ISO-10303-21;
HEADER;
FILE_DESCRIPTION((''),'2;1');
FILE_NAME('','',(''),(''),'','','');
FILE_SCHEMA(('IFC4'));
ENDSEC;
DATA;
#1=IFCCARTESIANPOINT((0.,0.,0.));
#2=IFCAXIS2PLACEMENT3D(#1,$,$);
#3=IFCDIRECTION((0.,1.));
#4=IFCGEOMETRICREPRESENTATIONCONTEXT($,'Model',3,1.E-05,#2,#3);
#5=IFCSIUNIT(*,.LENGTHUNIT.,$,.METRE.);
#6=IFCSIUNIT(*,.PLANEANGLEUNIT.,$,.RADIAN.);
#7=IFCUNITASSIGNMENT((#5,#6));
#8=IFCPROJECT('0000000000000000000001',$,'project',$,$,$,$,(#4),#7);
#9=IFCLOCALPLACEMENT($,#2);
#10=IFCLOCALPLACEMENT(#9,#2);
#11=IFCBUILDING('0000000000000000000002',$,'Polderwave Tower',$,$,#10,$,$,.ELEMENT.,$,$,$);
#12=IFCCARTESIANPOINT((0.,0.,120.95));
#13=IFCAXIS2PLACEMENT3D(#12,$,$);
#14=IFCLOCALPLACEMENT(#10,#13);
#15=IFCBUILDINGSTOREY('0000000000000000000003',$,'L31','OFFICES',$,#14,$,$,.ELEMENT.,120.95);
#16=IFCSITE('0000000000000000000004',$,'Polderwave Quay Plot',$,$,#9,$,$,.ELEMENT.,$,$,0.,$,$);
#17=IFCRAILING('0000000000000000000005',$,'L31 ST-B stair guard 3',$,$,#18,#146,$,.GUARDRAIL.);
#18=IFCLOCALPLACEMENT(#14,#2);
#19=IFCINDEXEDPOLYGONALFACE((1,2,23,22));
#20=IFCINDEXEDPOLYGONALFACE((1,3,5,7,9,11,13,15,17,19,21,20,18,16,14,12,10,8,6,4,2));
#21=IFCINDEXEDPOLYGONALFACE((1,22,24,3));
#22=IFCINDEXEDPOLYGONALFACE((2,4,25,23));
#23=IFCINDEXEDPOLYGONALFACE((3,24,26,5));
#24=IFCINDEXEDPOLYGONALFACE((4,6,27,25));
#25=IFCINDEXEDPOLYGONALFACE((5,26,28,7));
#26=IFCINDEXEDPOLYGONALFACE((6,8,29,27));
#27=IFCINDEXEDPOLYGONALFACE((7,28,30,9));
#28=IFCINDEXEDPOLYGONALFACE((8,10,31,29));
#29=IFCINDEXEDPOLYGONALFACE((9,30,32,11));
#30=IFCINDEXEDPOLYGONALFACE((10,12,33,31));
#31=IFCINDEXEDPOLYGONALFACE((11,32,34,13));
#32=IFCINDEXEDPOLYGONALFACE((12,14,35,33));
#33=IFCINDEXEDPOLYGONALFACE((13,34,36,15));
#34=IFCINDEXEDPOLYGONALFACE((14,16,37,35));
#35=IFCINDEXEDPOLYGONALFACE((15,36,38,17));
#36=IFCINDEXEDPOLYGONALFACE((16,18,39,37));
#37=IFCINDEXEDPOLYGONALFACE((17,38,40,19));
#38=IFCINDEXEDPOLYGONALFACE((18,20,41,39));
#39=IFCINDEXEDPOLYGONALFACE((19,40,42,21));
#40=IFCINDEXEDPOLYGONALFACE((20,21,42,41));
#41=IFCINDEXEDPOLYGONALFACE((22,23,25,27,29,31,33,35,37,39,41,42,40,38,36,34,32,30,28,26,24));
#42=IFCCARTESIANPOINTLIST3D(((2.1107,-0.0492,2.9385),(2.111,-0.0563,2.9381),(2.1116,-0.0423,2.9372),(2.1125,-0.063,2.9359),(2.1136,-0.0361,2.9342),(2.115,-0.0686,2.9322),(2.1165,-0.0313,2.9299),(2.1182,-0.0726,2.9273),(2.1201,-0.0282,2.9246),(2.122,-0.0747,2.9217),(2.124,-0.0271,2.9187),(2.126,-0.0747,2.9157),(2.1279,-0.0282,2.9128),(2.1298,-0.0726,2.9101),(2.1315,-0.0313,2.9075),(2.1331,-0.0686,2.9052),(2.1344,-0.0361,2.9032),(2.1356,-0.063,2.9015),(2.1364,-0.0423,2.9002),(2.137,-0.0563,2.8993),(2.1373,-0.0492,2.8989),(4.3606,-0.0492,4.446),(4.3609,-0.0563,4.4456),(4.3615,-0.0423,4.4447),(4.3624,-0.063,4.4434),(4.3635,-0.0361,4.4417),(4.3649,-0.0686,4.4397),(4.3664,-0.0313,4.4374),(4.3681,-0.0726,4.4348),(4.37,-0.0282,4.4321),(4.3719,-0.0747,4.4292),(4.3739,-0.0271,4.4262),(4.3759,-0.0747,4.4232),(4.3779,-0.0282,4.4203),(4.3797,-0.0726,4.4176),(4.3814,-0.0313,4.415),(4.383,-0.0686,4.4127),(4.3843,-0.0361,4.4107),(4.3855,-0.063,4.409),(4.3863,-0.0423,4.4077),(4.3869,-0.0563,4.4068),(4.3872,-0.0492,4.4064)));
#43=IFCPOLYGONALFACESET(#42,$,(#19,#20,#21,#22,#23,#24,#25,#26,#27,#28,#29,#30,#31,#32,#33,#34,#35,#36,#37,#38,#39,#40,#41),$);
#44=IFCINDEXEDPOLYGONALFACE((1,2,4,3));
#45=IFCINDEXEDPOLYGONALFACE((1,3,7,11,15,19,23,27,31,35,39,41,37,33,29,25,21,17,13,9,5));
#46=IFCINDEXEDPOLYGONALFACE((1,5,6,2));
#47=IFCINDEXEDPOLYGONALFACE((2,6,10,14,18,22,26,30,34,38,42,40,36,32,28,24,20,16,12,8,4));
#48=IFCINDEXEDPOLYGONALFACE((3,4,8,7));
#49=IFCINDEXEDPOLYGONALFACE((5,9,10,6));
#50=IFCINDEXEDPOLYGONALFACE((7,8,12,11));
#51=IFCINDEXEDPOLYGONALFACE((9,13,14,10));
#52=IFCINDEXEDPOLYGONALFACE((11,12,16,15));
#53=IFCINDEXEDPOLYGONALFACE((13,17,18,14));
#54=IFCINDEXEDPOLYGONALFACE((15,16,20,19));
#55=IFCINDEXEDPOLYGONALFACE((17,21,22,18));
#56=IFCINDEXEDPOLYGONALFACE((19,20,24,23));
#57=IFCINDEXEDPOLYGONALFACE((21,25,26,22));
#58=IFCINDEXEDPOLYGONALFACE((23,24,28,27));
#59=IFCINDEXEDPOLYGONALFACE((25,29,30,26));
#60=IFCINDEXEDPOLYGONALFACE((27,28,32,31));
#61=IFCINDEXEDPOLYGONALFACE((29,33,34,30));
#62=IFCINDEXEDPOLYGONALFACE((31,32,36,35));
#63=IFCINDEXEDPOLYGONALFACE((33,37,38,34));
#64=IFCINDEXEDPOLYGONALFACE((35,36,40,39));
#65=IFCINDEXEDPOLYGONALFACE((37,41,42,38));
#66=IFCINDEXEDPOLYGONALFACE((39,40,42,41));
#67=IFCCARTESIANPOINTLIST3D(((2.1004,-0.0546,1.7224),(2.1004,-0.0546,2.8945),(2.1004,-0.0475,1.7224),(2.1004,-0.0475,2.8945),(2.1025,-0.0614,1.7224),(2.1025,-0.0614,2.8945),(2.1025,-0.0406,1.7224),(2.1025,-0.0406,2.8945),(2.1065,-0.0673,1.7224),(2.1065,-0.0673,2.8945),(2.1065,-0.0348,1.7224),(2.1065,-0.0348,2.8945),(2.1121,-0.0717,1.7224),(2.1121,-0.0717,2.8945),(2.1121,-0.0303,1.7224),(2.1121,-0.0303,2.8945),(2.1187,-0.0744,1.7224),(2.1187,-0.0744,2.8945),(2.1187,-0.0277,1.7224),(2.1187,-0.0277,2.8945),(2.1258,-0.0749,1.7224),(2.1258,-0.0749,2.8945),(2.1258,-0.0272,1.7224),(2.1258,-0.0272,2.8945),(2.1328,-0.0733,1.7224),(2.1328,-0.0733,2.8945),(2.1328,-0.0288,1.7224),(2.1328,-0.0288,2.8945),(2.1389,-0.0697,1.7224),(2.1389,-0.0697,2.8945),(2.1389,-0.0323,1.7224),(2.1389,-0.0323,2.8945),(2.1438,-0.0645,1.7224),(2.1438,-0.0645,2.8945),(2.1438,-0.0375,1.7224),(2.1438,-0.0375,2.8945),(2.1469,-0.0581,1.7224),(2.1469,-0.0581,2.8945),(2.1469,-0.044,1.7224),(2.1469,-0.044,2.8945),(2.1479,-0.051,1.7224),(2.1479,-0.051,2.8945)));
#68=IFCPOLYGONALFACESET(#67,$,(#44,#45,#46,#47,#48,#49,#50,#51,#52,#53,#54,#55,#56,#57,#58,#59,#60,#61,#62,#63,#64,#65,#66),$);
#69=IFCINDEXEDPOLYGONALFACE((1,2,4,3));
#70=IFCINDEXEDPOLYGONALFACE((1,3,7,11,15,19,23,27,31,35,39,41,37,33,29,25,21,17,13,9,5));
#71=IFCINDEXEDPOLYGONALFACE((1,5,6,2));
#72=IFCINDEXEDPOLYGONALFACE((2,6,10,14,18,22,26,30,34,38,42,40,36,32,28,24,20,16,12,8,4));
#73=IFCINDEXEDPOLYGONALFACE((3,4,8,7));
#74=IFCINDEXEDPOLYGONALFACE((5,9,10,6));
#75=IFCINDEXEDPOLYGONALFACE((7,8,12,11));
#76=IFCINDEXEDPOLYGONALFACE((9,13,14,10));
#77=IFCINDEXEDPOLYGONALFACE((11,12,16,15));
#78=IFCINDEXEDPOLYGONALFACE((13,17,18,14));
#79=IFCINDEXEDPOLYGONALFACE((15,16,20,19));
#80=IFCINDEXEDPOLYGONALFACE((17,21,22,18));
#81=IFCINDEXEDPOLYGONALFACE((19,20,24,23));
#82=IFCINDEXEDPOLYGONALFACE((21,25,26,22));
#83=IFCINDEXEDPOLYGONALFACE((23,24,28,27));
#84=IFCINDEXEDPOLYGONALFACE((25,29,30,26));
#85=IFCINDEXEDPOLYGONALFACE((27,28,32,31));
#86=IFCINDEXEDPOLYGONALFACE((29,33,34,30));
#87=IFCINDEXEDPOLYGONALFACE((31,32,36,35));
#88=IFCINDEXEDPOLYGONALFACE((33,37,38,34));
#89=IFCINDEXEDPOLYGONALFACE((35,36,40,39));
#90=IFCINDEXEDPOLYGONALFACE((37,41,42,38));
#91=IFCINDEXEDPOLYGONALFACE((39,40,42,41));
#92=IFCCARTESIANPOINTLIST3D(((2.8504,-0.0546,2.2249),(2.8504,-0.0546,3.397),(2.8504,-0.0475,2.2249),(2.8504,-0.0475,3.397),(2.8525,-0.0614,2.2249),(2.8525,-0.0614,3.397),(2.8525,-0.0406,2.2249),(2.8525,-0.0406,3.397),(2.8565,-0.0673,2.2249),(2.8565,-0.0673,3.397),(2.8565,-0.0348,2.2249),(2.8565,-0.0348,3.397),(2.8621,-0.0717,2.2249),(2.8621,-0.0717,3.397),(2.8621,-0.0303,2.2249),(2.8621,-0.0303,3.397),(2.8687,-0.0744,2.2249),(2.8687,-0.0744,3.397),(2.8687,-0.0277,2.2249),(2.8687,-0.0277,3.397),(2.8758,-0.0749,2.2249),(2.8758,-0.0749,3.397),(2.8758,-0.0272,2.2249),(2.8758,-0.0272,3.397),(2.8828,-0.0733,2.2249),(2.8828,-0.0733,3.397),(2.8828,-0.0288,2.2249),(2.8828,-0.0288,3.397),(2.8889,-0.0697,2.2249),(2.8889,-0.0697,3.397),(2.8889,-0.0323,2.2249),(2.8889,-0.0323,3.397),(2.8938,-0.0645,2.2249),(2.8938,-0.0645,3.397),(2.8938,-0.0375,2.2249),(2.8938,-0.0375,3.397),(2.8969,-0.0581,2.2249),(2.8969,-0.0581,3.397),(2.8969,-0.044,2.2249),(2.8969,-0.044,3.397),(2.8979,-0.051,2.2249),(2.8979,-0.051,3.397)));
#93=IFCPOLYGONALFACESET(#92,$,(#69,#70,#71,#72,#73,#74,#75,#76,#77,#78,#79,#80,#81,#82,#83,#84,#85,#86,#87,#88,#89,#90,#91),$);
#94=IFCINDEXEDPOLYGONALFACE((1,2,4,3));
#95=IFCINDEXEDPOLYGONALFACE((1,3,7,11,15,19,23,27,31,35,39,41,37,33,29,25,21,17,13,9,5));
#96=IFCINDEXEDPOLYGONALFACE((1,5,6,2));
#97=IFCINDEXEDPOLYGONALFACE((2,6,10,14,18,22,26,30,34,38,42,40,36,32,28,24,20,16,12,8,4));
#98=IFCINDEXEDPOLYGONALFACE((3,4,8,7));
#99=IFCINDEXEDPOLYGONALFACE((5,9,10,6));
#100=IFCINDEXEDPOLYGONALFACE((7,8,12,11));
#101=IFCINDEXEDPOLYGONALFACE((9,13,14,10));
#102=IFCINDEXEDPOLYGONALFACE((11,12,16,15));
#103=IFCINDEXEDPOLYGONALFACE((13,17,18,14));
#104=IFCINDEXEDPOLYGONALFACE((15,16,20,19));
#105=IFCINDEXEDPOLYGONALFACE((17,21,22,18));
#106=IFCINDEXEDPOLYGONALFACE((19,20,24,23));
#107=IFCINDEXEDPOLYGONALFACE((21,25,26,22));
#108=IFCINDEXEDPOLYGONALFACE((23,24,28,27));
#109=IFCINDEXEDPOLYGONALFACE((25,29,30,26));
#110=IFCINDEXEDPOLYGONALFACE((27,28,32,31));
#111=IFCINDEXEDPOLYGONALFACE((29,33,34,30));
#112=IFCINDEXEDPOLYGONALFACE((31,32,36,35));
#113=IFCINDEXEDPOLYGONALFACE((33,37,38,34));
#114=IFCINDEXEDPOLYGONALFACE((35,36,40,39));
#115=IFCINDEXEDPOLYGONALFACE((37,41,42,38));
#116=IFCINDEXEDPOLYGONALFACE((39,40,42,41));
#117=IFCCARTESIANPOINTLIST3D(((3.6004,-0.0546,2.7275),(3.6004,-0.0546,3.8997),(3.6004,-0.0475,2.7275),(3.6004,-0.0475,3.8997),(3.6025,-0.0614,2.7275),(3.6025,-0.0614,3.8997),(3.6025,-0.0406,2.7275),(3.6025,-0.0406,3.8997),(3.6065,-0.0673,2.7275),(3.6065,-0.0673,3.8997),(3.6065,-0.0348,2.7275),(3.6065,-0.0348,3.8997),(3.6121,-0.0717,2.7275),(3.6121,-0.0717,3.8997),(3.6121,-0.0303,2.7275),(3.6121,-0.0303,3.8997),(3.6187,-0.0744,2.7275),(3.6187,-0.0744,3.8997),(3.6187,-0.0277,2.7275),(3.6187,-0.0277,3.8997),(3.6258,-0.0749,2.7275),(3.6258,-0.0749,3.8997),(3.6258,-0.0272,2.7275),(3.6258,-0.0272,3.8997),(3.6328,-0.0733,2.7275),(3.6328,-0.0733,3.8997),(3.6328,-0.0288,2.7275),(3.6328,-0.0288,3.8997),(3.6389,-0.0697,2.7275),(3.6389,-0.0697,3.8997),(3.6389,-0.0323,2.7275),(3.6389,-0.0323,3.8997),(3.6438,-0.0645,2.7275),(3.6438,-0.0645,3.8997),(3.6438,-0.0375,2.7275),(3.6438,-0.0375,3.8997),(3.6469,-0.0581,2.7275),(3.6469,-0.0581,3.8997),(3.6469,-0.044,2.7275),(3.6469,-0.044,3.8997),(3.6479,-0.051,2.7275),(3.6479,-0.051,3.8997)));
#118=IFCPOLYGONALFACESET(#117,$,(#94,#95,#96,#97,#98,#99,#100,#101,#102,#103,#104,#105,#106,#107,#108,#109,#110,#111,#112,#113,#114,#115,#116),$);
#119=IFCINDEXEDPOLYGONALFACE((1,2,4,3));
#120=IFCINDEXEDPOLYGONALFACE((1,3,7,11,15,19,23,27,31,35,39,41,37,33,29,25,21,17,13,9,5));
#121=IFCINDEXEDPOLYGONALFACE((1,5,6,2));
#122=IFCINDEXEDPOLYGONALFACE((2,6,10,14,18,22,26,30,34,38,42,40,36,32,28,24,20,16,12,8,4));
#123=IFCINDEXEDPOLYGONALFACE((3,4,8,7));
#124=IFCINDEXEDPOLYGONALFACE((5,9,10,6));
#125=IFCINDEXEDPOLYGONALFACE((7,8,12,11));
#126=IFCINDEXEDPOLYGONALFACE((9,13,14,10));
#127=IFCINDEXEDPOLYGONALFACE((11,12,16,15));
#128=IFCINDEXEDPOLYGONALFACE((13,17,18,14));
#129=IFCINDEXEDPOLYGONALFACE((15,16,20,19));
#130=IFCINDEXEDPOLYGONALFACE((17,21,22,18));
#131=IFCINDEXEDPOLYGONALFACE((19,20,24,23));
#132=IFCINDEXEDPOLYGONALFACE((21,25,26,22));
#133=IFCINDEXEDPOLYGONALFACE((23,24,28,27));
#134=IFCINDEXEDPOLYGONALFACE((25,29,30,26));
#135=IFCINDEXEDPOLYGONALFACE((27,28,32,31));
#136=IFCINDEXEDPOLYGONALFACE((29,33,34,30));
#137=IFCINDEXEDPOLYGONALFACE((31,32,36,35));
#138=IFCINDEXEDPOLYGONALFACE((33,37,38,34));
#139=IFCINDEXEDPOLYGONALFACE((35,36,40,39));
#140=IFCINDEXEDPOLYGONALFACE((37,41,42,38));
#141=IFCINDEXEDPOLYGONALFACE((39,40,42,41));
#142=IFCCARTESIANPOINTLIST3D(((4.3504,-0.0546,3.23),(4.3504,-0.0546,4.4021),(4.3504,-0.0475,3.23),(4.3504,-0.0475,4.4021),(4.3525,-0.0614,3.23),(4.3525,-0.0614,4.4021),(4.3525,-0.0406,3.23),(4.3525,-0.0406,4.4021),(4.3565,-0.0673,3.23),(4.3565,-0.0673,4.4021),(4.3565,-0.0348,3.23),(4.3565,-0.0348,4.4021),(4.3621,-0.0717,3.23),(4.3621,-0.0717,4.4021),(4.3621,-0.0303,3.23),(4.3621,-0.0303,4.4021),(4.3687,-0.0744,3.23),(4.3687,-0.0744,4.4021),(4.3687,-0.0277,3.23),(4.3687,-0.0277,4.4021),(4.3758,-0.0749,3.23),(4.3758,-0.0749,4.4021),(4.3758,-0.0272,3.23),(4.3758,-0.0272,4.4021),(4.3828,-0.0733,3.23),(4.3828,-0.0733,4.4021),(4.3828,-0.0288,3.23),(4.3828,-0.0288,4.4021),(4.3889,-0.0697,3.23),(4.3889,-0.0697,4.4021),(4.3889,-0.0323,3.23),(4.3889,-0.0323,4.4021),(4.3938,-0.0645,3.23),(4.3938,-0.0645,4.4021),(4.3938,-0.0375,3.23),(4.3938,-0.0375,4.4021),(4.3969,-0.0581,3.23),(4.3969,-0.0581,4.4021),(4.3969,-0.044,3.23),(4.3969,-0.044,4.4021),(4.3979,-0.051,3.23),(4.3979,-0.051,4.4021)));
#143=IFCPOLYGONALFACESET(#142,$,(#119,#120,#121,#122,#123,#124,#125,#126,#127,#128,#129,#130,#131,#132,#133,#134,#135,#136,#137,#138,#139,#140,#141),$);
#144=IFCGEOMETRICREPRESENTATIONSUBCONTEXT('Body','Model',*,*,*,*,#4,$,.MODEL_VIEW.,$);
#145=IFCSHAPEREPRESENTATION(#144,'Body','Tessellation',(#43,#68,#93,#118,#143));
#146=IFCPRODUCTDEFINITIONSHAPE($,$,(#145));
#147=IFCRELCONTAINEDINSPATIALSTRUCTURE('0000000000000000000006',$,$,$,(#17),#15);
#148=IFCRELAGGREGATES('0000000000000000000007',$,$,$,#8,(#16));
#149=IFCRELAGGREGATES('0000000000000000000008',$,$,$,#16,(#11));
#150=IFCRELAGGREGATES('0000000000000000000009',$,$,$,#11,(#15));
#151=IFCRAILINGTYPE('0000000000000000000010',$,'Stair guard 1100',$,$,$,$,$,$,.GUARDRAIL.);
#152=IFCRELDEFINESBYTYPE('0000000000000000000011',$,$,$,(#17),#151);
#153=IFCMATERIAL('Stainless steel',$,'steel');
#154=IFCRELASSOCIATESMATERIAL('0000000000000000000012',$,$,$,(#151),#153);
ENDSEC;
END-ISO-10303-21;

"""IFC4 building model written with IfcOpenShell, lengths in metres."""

from ifc_helpers import new_model, si_unit, direction, frame, origin, origin_2d, place, context, subcontext, project, spatial, circle, extrude, material, type_object, element, save


model = new_model("IFC4")

# Units and contexts
model_context = context("Model", 3, precision=1e-05, world=origin(), true_north=direction((0.0, 1.0)))
body_context = subcontext(model_context, "Body", "Model", "MODEL_VIEW")
ifc_project = project(units=[si_unit("LENGTHUNIT", "METRE"), si_unit("PLANEANGLEUNIT", "RADIAN")], contexts=[model_context])

# Site, building, storey
site_placement = place(None, origin())
site = spatial("IfcSite", under=ifc_project, at=site_placement, Name="Polderwave Quay Plot", CompositionType="ELEMENT", RefElevation=0.0)
building_placement = place(site_placement, origin())
building = spatial("IfcBuilding", under=site, at=building_placement, Name="Polderwave Tower", CompositionType="ELEMENT")
storey_placement = place(building_placement, frame((0.0, 0.0, 120.95)))
storey = spatial("IfcBuildingStorey", under=building, at=storey_placement, Name="L31", Description="OFFICES", CompositionType="ELEMENT", Elevation=120.95)

# Railing
ifc_material_1 = material(Name="Stainless steel", Category="steel")
railing_type_1 = type_object("IfcRailingType", Name="Stair guard 1100", PredefinedType="GUARDRAIL", material=ifc_material_1)
railing_1_placement = place(storey_placement, frame((2.124, -0.051, 1.7224)))
element("IfcRailing", 1, at=railing_1_placement, inside=storey, type_object=railing_type_1, Name="L31 ST-B stair guard 3", PredefinedType="GUARDRAIL", context=body_context, shape_type="SweptSolid", body=[
    extrude(circle(Radius=0.0239, at=origin_2d()), frame((0.0, 0.0, 1.1963), z_axis=(0.830758, 0.0, 0.556633), x_axis=(0.0, 1.0, 0.0)), (0.0, 0.0, 1.0), 2.7083),
    extrude(circle(Radius=0.0239, at=origin_2d()), origin(), (0.0, 0.0, 1.0), 1.1721),
    extrude(circle(Radius=0.0239, at=origin_2d()), frame((0.75, 0.0, 0.5024)), (0.0, 0.0, 1.0), 1.1721),
    extrude(circle(Radius=0.0239, at=origin_2d()), frame((1.5, 0.0, 1.0051)), (0.0, 0.0, 1.0), 1.1721),
    extrude(circle(Radius=0.0239, at=origin_2d()), frame((2.25, 0.0, 1.5076)), (0.0, 0.0, 1.0), 1.1721),
])

save(model, "model.ifc")
